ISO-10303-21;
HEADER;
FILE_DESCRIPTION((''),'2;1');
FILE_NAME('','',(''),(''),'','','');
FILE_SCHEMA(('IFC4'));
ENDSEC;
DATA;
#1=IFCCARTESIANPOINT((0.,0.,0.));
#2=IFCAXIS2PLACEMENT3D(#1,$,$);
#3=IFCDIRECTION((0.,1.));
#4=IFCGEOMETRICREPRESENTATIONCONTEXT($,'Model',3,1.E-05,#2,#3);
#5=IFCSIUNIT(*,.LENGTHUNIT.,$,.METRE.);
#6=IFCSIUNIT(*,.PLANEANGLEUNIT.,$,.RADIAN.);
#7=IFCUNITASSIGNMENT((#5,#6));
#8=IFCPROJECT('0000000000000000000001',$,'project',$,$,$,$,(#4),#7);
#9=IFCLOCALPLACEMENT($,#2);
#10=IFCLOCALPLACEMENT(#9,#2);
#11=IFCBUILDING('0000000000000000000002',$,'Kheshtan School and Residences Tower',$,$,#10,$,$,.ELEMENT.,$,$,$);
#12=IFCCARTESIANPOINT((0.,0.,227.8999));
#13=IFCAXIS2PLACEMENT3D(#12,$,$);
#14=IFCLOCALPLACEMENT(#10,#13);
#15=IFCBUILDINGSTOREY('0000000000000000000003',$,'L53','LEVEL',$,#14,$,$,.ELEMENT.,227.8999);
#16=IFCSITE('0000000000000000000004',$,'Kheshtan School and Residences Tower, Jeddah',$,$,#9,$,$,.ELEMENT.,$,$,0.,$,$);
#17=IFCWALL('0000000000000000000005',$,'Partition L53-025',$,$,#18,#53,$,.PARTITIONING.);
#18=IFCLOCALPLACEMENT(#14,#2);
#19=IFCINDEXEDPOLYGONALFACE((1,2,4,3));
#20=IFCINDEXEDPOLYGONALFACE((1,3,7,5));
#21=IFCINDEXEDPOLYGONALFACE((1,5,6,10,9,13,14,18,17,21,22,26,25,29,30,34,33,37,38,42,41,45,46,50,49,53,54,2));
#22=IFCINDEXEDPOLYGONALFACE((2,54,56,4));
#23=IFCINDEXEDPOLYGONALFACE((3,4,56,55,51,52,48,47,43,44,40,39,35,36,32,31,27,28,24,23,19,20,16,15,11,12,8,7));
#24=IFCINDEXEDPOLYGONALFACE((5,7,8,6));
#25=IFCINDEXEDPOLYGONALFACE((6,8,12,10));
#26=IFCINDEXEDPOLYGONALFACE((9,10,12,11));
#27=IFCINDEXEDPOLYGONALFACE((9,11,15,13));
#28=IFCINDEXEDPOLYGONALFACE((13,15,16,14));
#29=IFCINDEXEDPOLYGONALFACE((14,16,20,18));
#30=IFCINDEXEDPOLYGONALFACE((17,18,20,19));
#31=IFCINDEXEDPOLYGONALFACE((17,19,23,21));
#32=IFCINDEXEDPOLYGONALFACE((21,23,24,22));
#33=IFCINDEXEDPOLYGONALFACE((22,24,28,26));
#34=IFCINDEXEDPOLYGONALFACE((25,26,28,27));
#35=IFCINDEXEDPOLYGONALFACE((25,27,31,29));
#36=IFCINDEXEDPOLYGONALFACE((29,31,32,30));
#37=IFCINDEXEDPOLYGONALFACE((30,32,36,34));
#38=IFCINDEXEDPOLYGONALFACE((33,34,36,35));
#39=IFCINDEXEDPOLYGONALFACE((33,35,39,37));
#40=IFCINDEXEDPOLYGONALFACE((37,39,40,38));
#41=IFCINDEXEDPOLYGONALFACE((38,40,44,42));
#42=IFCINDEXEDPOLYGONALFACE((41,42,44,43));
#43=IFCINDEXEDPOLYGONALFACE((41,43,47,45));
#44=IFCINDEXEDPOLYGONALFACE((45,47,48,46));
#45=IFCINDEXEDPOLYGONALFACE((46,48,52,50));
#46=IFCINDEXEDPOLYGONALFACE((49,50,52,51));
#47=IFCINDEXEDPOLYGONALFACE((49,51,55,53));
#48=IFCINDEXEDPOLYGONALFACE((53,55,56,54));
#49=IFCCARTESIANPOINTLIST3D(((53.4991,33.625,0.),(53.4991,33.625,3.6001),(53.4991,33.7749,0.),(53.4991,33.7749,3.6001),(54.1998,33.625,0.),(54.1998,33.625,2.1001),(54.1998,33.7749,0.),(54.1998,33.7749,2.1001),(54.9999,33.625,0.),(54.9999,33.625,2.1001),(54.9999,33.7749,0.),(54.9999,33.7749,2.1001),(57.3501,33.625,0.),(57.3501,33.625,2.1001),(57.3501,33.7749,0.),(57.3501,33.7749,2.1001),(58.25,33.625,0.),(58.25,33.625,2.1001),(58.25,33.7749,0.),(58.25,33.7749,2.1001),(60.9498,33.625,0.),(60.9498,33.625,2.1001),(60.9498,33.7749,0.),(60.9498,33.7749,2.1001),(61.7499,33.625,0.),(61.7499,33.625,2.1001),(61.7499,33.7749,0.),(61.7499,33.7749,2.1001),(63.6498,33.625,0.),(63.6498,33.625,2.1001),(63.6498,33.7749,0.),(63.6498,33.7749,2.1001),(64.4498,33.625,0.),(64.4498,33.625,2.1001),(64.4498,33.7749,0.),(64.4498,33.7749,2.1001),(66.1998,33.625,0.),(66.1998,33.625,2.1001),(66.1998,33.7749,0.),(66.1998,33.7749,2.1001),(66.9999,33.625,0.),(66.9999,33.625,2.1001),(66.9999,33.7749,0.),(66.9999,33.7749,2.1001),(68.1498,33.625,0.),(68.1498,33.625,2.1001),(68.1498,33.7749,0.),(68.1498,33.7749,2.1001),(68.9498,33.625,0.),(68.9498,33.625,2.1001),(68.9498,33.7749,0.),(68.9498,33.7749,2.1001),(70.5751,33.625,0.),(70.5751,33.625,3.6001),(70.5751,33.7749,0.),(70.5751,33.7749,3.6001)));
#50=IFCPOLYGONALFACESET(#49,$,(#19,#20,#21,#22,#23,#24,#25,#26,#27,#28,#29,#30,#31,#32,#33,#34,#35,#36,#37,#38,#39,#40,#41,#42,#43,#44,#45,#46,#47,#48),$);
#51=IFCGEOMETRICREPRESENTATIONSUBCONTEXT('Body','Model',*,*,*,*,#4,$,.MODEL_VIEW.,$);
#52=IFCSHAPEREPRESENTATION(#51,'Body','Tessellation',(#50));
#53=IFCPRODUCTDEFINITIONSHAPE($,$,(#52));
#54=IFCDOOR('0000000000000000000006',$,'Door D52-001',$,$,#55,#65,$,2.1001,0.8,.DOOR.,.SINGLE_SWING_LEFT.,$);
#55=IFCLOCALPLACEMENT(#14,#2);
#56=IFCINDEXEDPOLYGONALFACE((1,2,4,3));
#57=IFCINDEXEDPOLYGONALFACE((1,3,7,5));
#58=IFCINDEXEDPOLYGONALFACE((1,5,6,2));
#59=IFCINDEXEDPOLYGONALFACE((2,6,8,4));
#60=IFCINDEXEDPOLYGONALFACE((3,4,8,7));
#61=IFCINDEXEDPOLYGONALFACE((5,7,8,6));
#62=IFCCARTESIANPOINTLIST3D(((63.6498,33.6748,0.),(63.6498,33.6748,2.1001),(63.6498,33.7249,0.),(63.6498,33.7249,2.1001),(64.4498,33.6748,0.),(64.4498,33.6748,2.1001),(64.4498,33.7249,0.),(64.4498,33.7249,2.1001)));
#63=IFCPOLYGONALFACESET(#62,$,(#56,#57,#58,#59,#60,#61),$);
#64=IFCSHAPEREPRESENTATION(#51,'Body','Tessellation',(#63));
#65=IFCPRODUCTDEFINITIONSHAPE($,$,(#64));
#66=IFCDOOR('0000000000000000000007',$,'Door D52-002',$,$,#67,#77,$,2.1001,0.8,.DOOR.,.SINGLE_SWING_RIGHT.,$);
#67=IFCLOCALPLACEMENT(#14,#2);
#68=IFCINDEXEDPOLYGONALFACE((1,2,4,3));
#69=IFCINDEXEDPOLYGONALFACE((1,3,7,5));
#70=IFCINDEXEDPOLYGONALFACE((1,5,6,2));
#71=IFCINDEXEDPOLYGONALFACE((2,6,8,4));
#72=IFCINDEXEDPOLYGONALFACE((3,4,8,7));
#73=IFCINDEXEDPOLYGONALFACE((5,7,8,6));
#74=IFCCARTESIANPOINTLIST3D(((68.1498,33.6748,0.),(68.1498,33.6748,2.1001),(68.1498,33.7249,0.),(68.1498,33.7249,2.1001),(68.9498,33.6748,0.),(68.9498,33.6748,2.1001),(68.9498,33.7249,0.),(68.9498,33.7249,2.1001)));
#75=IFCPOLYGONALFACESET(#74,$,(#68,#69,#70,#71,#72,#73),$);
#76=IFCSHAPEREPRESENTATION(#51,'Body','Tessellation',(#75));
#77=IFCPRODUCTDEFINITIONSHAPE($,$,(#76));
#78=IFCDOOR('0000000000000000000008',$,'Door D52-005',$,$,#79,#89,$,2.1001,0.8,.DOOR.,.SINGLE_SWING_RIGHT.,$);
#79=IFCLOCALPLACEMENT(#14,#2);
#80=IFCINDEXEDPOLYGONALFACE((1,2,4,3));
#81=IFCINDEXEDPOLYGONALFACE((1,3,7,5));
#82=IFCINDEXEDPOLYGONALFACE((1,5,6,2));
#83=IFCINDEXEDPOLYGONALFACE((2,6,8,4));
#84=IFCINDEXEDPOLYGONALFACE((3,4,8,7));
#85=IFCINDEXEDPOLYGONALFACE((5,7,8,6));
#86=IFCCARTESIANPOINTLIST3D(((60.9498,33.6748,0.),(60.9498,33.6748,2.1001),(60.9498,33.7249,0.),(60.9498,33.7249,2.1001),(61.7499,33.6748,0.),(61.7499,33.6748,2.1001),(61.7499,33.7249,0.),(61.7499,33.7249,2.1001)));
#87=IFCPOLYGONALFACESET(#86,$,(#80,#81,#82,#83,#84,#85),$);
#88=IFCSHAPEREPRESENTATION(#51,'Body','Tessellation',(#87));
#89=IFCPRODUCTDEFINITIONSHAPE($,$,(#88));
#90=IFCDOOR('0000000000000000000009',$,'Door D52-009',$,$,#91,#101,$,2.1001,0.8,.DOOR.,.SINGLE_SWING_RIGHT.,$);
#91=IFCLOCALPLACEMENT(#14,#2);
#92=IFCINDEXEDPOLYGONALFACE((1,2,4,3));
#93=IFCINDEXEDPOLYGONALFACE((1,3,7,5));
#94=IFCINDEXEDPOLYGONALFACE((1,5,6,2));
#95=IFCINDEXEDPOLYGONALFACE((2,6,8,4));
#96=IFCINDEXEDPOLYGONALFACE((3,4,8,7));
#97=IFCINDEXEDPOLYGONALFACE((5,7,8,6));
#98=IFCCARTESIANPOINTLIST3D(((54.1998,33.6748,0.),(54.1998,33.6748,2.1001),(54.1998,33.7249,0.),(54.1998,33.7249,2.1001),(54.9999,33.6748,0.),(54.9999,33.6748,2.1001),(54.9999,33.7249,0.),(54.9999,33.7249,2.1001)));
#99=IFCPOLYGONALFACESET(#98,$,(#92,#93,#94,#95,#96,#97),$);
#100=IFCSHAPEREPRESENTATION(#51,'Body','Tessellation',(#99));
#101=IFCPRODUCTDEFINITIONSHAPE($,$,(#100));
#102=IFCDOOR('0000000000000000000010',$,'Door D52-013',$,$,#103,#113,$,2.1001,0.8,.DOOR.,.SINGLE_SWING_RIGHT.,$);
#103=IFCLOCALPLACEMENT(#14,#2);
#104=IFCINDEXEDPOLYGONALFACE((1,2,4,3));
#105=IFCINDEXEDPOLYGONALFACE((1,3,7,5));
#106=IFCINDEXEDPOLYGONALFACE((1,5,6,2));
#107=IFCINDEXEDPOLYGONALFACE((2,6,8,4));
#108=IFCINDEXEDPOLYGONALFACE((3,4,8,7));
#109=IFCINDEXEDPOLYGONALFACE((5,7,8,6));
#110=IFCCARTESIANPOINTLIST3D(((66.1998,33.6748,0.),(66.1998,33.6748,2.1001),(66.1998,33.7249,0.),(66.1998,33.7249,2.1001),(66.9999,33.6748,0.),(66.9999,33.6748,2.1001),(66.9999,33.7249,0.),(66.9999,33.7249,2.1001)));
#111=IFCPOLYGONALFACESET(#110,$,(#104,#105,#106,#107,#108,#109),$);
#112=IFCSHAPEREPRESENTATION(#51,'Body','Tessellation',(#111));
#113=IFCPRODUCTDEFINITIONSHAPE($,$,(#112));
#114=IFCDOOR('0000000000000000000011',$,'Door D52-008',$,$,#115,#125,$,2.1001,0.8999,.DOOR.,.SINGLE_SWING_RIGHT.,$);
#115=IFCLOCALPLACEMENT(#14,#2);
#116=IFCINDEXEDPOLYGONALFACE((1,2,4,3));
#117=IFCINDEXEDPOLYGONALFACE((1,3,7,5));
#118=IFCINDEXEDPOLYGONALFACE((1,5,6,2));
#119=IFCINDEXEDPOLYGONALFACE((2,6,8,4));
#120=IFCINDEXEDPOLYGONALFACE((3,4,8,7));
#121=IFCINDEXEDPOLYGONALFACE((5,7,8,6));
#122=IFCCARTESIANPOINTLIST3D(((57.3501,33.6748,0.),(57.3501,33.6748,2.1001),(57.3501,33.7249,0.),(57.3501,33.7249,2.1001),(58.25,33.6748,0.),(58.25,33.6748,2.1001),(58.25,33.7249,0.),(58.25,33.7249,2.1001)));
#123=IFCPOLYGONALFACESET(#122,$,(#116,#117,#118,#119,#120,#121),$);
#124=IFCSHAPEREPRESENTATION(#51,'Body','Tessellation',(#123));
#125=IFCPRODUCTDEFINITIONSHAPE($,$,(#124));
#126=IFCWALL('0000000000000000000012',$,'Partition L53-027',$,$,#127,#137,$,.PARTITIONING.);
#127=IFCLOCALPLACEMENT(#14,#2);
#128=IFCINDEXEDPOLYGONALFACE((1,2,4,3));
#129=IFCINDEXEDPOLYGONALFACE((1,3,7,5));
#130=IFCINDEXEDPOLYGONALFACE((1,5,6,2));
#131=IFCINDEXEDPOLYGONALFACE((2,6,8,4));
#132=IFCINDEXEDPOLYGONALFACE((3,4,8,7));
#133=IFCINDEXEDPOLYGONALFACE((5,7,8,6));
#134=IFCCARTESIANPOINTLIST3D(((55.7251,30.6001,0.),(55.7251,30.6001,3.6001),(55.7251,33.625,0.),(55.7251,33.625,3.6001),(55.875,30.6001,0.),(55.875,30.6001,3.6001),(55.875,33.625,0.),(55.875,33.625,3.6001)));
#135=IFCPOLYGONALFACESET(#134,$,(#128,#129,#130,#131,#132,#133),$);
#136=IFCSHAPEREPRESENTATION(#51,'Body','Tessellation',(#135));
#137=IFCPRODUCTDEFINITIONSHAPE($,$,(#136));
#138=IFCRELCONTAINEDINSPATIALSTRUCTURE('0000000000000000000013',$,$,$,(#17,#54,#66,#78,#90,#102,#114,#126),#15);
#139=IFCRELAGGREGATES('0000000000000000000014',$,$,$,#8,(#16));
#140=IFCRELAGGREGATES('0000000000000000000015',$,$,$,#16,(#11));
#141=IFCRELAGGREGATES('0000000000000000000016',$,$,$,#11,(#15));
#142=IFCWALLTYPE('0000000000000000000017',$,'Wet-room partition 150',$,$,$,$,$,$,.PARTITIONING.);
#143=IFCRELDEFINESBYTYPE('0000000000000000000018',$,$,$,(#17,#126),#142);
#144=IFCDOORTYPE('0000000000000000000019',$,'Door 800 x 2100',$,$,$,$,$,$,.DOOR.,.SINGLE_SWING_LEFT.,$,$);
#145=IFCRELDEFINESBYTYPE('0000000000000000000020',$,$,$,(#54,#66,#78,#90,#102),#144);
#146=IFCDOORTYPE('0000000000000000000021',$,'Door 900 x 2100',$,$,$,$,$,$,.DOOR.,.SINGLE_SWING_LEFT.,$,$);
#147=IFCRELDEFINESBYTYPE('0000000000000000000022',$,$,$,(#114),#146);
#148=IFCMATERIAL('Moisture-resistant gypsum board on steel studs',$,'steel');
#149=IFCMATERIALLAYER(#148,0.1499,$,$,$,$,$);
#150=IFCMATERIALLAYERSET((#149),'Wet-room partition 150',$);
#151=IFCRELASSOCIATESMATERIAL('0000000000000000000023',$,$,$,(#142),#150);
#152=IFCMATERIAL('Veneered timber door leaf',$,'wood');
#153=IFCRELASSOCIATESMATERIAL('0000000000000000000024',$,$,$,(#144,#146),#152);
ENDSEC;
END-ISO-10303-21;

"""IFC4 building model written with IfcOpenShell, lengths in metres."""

from ifc_helpers import new_model, si_unit, direction, frame, frame_2d, origin, place, context, subcontext, project, spatial, rectangle, extrude, source, transform, mapped, material, layer, layer_set, type_object, element, fill, save


model = new_model("IFC4")

# Units and contexts
model_context = context("Model", 3, precision=1e-05, world=origin(), true_north=direction((0.0, 1.0)))
body_context = subcontext(model_context, "Body", "Model", "MODEL_VIEW")
ifc_project = project(units=[si_unit("LENGTHUNIT", "METRE"), si_unit("PLANEANGLEUNIT", "RADIAN")], contexts=[model_context])

# Site, building, storey
site_placement = place(None, origin())
site = spatial("IfcSite", under=ifc_project, at=site_placement, Name="Kheshtan School and Residences Tower, Jeddah", CompositionType="ELEMENT", RefElevation=0.0)
building_placement = place(site_placement, origin())
building = spatial("IfcBuilding", under=site, at=building_placement, Name="Kheshtan School and Residences Tower", CompositionType="ELEMENT")
storey_placement = place(building_placement, frame((0.0, 0.0, 227.8999)))
storey = spatial("IfcBuildingStorey", under=building, at=storey_placement, Name="L53", Description="LEVEL", CompositionType="ELEMENT", Elevation=227.8999)

# Wall, openings, doors
ifc_material_1 = material(Name="Moisture-resistant gypsum board on steel studs", Category="steel")
ifc_layer_1 = layer(ifc_material_1, 0.1499)
ifc_layer_set_1 = layer_set([ifc_layer_1], Name="Wet-room partition 150")
wall_type_1 = type_object("IfcWallType", Name="Wet-room partition 150", PredefinedType="PARTITIONING", material=ifc_layer_set_1)
wall_1_placement = place(storey_placement, frame((53.499, 33.7, 0.0), z_axis=(0.0, 0.0, 1.0), x_axis=(1.0, 0.0, 0.0)))
wall_1 = element("IfcWall", 1, at=wall_1_placement, inside=storey, type_object=wall_type_1, Name="Partition L53-025", PredefinedType="PARTITIONING", context=body_context, shape_type="SweptSolid", body=[
    extrude(rectangle(XDim=17.0759, YDim=0.1499, at=frame_2d((8.5381, 0.0))), origin(), (0.0, 0.0, 1.0), 3.6001),
])
opening_1_placement = place(wall_1_placement, frame((10.1509, 0.0, 0.0)))
opening_1 = element("IfcOpeningElement", 2, at=opening_1_placement, cuts=wall_1, PredefinedType="OPENING", context=body_context, shape_type="SweptSolid", body=[
    extrude(rectangle(XDim=0.8, YDim=2.1001, at=frame_2d((0.3999, 1.05))), frame((0.0, 0.085, 0.0), z_axis=(0.0, -1.0, 0.0), x_axis=(1.0, 0.0, 0.0)), (0.0, 0.0, 1.0), 0.1699),
])
opening_2_placement = place(wall_1_placement, frame((14.6509, 0.0, 0.0)))
opening_2 = element("IfcOpeningElement", 3, at=opening_2_placement, cuts=wall_1, PredefinedType="OPENING", context=body_context, shape_type="SweptSolid", body=[
    extrude(rectangle(XDim=0.8, YDim=2.1001, at=frame_2d((0.3999, 1.05))), frame((0.0, 0.085, 0.0), z_axis=(0.0, -1.0, 0.0), x_axis=(1.0, 0.0, 0.0)), (0.0, 0.0, 1.0), 0.1699),
])
opening_3_placement = place(wall_1_placement, frame((7.4509, 0.0, 0.0)))
opening_3 = element("IfcOpeningElement", 4, at=opening_3_placement, cuts=wall_1, PredefinedType="OPENING", context=body_context, shape_type="SweptSolid", body=[
    extrude(rectangle(XDim=0.8, YDim=2.1001, at=frame_2d((0.3999, 1.05))), frame((0.0, 0.085, 0.0), z_axis=(0.0, -1.0, 0.0), x_axis=(1.0, 0.0, 0.0)), (0.0, 0.0, 1.0), 0.1699),
])
opening_4_placement = place(wall_1_placement, frame((3.8511, 0.0, 0.0)))
opening_4 = element("IfcOpeningElement", 5, at=opening_4_placement, cuts=wall_1, PredefinedType="OPENING", context=body_context, shape_type="SweptSolid", body=[
    extrude(rectangle(XDim=0.8999, YDim=2.1001, at=frame_2d((0.45, 1.05))), frame((0.0, 0.085, 0.0), z_axis=(0.0, -1.0, 0.0), x_axis=(1.0, 0.0, 0.0)), (0.0, 0.0, 1.0), 0.1699),
])
opening_5_placement = place(wall_1_placement, frame((0.7009, 0.0, 0.0)))
opening_5 = element("IfcOpeningElement", 6, at=opening_5_placement, cuts=wall_1, PredefinedType="OPENING", context=body_context, shape_type="SweptSolid", body=[
    extrude(rectangle(XDim=0.8, YDim=2.1001, at=frame_2d((0.3999, 1.05))), frame((0.0, 0.085, 0.0), z_axis=(0.0, -1.0, 0.0), x_axis=(1.0, 0.0, 0.0)), (0.0, 0.0, 1.0), 0.1699),
])
opening_6_placement = place(wall_1_placement, frame((12.7009, 0.0, 0.0)))
opening_6 = element("IfcOpeningElement", 7, at=opening_6_placement, cuts=wall_1, PredefinedType="OPENING", context=body_context, shape_type="SweptSolid", body=[
    extrude(rectangle(XDim=0.8, YDim=2.1001, at=frame_2d((0.3999, 1.05))), frame((0.0, 0.085, 0.0), z_axis=(0.0, -1.0, 0.0), x_axis=(1.0, 0.0, 0.0)), (0.0, 0.0, 1.0), 0.1699),
])
ifc_material_2 = material(Name="Veneered timber door leaf", Category="wood")
door_type_1 = type_object("IfcDoorType", Name="Door 800 x 2100", OperationType="SINGLE_SWING_LEFT", PredefinedType="DOOR", material=ifc_material_2)
shared_shape_1 = source(origin(), body_context, "Body", "SweptSolid", [
    extrude(rectangle(XDim=0.8, YDim=2.1001, at=frame_2d((0.3999, 1.05))), frame((0.0, 0.0249, 0.0), z_axis=(0.0, -1.0, 0.0), x_axis=(1.0, 0.0, 0.0)), (0.0, 0.0, 1.0), 0.05),
])
door_1_placement = place(opening_1_placement, origin())
door_1 = element("IfcDoor", 8, at=door_1_placement, inside=storey, type_object=door_type_1, Name="Door D52-001", OperationType="SINGLE_SWING_LEFT", OverallHeight=2.1001, OverallWidth=0.8, PredefinedType="DOOR", context=body_context, shape_type="MappedRepresentation", body=[
    mapped(shared_shape_1, transform((0.0, 0.0, 0.0), x_axis=(1.0, 0.0, 0.0), y_axis=(0.0, 1.0, 0.0), z_axis=(0.0, 0.0, 1.0), scale=1.0)),
])
fill(opening_1, door_1)
door_2_placement = place(opening_2_placement, origin())
door_2 = element("IfcDoor", 9, at=door_2_placement, inside=storey, type_object=door_type_1, Name="Door D52-002", OperationType="SINGLE_SWING_RIGHT", OverallHeight=2.1001, OverallWidth=0.8, PredefinedType="DOOR", context=body_context, shape_type="MappedRepresentation", body=[
    mapped(shared_shape_1, transform((0.0, 0.0, 0.0), x_axis=(1.0, 0.0, 0.0), y_axis=(0.0, 1.0, 0.0), z_axis=(0.0, 0.0, 1.0), scale=1.0)),
])
fill(opening_2, door_2)
door_3_placement = place(opening_3_placement, origin())
door_3 = element("IfcDoor", 10, at=door_3_placement, inside=storey, type_object=door_type_1, Name="Door D52-005", OperationType="SINGLE_SWING_RIGHT", OverallHeight=2.1001, OverallWidth=0.8, PredefinedType="DOOR", context=body_context, shape_type="MappedRepresentation", body=[
    mapped(shared_shape_1, transform((0.0, 0.0, 0.0), x_axis=(1.0, 0.0, 0.0), y_axis=(0.0, 1.0, 0.0), z_axis=(0.0, 0.0, 1.0), scale=1.0)),
])
fill(opening_3, door_3)
door_4_placement = place(opening_5_placement, origin())
door_4 = element("IfcDoor", 11, at=door_4_placement, inside=storey, type_object=door_type_1, Name="Door D52-009", OperationType="SINGLE_SWING_RIGHT", OverallHeight=2.1001, OverallWidth=0.8, PredefinedType="DOOR", context=body_context, shape_type="MappedRepresentation", body=[
    mapped(shared_shape_1, transform((0.0, 0.0, 0.0), x_axis=(1.0, 0.0, 0.0), y_axis=(0.0, 1.0, 0.0), z_axis=(0.0, 0.0, 1.0), scale=1.0)),
])
fill(opening_5, door_4)
door_5_placement = place(opening_6_placement, origin())
door_5 = element("IfcDoor", 12, at=door_5_placement, inside=storey, type_object=door_type_1, Name="Door D52-013", OperationType="SINGLE_SWING_RIGHT", OverallHeight=2.1001, OverallWidth=0.8, PredefinedType="DOOR", context=body_context, shape_type="MappedRepresentation", body=[
    mapped(shared_shape_1, transform((0.0, 0.0, 0.0), x_axis=(1.0, 0.0, 0.0), y_axis=(0.0, 1.0, 0.0), z_axis=(0.0, 0.0, 1.0), scale=1.0)),
])
fill(opening_6, door_5)
door_type_2 = type_object("IfcDoorType", Name="Door 900 x 2100", OperationType="SINGLE_SWING_LEFT", PredefinedType="DOOR", material=ifc_material_2)
shared_shape_2 = source(origin(), body_context, "Body", "SweptSolid", [
    extrude(rectangle(XDim=0.8999, YDim=2.1001, at=frame_2d((0.45, 1.05))), frame((0.0, 0.0249, 0.0), z_axis=(0.0, -1.0, 0.0), x_axis=(1.0, 0.0, 0.0)), (0.0, 0.0, 1.0), 0.05),
])
door_6_placement = place(opening_4_placement, origin())
door_6 = element("IfcDoor", 13, at=door_6_placement, inside=storey, type_object=door_type_2, Name="Door D52-008", OperationType="SINGLE_SWING_RIGHT", OverallHeight=2.1001, OverallWidth=0.8999, PredefinedType="DOOR", context=body_context, shape_type="MappedRepresentation", body=[
    mapped(shared_shape_2, transform((0.0, 0.0, 0.0), x_axis=(1.0, 0.0, 0.0), y_axis=(0.0, 1.0, 0.0), z_axis=(0.0, 0.0, 1.0), scale=1.0)),
])
fill(opening_4, door_6)

# Wall
wall_2_placement = place(storey_placement, frame((55.8, 30.6001, 0.0), z_axis=(0.0, 0.0, 1.0), x_axis=(0.0, 1.0, 0.0)))
element("IfcWall", 14, at=wall_2_placement, inside=storey, type_object=wall_type_1, Name="Partition L53-027", PredefinedType="PARTITIONING", context=body_context, shape_type="SweptSolid", body=[
    extrude(rectangle(XDim=3.0249, YDim=0.1499, at=frame_2d((1.5125, 0.0))), origin(), (0.0, 0.0, 1.0), 3.6001),
])

save(model, "model.ifc")
